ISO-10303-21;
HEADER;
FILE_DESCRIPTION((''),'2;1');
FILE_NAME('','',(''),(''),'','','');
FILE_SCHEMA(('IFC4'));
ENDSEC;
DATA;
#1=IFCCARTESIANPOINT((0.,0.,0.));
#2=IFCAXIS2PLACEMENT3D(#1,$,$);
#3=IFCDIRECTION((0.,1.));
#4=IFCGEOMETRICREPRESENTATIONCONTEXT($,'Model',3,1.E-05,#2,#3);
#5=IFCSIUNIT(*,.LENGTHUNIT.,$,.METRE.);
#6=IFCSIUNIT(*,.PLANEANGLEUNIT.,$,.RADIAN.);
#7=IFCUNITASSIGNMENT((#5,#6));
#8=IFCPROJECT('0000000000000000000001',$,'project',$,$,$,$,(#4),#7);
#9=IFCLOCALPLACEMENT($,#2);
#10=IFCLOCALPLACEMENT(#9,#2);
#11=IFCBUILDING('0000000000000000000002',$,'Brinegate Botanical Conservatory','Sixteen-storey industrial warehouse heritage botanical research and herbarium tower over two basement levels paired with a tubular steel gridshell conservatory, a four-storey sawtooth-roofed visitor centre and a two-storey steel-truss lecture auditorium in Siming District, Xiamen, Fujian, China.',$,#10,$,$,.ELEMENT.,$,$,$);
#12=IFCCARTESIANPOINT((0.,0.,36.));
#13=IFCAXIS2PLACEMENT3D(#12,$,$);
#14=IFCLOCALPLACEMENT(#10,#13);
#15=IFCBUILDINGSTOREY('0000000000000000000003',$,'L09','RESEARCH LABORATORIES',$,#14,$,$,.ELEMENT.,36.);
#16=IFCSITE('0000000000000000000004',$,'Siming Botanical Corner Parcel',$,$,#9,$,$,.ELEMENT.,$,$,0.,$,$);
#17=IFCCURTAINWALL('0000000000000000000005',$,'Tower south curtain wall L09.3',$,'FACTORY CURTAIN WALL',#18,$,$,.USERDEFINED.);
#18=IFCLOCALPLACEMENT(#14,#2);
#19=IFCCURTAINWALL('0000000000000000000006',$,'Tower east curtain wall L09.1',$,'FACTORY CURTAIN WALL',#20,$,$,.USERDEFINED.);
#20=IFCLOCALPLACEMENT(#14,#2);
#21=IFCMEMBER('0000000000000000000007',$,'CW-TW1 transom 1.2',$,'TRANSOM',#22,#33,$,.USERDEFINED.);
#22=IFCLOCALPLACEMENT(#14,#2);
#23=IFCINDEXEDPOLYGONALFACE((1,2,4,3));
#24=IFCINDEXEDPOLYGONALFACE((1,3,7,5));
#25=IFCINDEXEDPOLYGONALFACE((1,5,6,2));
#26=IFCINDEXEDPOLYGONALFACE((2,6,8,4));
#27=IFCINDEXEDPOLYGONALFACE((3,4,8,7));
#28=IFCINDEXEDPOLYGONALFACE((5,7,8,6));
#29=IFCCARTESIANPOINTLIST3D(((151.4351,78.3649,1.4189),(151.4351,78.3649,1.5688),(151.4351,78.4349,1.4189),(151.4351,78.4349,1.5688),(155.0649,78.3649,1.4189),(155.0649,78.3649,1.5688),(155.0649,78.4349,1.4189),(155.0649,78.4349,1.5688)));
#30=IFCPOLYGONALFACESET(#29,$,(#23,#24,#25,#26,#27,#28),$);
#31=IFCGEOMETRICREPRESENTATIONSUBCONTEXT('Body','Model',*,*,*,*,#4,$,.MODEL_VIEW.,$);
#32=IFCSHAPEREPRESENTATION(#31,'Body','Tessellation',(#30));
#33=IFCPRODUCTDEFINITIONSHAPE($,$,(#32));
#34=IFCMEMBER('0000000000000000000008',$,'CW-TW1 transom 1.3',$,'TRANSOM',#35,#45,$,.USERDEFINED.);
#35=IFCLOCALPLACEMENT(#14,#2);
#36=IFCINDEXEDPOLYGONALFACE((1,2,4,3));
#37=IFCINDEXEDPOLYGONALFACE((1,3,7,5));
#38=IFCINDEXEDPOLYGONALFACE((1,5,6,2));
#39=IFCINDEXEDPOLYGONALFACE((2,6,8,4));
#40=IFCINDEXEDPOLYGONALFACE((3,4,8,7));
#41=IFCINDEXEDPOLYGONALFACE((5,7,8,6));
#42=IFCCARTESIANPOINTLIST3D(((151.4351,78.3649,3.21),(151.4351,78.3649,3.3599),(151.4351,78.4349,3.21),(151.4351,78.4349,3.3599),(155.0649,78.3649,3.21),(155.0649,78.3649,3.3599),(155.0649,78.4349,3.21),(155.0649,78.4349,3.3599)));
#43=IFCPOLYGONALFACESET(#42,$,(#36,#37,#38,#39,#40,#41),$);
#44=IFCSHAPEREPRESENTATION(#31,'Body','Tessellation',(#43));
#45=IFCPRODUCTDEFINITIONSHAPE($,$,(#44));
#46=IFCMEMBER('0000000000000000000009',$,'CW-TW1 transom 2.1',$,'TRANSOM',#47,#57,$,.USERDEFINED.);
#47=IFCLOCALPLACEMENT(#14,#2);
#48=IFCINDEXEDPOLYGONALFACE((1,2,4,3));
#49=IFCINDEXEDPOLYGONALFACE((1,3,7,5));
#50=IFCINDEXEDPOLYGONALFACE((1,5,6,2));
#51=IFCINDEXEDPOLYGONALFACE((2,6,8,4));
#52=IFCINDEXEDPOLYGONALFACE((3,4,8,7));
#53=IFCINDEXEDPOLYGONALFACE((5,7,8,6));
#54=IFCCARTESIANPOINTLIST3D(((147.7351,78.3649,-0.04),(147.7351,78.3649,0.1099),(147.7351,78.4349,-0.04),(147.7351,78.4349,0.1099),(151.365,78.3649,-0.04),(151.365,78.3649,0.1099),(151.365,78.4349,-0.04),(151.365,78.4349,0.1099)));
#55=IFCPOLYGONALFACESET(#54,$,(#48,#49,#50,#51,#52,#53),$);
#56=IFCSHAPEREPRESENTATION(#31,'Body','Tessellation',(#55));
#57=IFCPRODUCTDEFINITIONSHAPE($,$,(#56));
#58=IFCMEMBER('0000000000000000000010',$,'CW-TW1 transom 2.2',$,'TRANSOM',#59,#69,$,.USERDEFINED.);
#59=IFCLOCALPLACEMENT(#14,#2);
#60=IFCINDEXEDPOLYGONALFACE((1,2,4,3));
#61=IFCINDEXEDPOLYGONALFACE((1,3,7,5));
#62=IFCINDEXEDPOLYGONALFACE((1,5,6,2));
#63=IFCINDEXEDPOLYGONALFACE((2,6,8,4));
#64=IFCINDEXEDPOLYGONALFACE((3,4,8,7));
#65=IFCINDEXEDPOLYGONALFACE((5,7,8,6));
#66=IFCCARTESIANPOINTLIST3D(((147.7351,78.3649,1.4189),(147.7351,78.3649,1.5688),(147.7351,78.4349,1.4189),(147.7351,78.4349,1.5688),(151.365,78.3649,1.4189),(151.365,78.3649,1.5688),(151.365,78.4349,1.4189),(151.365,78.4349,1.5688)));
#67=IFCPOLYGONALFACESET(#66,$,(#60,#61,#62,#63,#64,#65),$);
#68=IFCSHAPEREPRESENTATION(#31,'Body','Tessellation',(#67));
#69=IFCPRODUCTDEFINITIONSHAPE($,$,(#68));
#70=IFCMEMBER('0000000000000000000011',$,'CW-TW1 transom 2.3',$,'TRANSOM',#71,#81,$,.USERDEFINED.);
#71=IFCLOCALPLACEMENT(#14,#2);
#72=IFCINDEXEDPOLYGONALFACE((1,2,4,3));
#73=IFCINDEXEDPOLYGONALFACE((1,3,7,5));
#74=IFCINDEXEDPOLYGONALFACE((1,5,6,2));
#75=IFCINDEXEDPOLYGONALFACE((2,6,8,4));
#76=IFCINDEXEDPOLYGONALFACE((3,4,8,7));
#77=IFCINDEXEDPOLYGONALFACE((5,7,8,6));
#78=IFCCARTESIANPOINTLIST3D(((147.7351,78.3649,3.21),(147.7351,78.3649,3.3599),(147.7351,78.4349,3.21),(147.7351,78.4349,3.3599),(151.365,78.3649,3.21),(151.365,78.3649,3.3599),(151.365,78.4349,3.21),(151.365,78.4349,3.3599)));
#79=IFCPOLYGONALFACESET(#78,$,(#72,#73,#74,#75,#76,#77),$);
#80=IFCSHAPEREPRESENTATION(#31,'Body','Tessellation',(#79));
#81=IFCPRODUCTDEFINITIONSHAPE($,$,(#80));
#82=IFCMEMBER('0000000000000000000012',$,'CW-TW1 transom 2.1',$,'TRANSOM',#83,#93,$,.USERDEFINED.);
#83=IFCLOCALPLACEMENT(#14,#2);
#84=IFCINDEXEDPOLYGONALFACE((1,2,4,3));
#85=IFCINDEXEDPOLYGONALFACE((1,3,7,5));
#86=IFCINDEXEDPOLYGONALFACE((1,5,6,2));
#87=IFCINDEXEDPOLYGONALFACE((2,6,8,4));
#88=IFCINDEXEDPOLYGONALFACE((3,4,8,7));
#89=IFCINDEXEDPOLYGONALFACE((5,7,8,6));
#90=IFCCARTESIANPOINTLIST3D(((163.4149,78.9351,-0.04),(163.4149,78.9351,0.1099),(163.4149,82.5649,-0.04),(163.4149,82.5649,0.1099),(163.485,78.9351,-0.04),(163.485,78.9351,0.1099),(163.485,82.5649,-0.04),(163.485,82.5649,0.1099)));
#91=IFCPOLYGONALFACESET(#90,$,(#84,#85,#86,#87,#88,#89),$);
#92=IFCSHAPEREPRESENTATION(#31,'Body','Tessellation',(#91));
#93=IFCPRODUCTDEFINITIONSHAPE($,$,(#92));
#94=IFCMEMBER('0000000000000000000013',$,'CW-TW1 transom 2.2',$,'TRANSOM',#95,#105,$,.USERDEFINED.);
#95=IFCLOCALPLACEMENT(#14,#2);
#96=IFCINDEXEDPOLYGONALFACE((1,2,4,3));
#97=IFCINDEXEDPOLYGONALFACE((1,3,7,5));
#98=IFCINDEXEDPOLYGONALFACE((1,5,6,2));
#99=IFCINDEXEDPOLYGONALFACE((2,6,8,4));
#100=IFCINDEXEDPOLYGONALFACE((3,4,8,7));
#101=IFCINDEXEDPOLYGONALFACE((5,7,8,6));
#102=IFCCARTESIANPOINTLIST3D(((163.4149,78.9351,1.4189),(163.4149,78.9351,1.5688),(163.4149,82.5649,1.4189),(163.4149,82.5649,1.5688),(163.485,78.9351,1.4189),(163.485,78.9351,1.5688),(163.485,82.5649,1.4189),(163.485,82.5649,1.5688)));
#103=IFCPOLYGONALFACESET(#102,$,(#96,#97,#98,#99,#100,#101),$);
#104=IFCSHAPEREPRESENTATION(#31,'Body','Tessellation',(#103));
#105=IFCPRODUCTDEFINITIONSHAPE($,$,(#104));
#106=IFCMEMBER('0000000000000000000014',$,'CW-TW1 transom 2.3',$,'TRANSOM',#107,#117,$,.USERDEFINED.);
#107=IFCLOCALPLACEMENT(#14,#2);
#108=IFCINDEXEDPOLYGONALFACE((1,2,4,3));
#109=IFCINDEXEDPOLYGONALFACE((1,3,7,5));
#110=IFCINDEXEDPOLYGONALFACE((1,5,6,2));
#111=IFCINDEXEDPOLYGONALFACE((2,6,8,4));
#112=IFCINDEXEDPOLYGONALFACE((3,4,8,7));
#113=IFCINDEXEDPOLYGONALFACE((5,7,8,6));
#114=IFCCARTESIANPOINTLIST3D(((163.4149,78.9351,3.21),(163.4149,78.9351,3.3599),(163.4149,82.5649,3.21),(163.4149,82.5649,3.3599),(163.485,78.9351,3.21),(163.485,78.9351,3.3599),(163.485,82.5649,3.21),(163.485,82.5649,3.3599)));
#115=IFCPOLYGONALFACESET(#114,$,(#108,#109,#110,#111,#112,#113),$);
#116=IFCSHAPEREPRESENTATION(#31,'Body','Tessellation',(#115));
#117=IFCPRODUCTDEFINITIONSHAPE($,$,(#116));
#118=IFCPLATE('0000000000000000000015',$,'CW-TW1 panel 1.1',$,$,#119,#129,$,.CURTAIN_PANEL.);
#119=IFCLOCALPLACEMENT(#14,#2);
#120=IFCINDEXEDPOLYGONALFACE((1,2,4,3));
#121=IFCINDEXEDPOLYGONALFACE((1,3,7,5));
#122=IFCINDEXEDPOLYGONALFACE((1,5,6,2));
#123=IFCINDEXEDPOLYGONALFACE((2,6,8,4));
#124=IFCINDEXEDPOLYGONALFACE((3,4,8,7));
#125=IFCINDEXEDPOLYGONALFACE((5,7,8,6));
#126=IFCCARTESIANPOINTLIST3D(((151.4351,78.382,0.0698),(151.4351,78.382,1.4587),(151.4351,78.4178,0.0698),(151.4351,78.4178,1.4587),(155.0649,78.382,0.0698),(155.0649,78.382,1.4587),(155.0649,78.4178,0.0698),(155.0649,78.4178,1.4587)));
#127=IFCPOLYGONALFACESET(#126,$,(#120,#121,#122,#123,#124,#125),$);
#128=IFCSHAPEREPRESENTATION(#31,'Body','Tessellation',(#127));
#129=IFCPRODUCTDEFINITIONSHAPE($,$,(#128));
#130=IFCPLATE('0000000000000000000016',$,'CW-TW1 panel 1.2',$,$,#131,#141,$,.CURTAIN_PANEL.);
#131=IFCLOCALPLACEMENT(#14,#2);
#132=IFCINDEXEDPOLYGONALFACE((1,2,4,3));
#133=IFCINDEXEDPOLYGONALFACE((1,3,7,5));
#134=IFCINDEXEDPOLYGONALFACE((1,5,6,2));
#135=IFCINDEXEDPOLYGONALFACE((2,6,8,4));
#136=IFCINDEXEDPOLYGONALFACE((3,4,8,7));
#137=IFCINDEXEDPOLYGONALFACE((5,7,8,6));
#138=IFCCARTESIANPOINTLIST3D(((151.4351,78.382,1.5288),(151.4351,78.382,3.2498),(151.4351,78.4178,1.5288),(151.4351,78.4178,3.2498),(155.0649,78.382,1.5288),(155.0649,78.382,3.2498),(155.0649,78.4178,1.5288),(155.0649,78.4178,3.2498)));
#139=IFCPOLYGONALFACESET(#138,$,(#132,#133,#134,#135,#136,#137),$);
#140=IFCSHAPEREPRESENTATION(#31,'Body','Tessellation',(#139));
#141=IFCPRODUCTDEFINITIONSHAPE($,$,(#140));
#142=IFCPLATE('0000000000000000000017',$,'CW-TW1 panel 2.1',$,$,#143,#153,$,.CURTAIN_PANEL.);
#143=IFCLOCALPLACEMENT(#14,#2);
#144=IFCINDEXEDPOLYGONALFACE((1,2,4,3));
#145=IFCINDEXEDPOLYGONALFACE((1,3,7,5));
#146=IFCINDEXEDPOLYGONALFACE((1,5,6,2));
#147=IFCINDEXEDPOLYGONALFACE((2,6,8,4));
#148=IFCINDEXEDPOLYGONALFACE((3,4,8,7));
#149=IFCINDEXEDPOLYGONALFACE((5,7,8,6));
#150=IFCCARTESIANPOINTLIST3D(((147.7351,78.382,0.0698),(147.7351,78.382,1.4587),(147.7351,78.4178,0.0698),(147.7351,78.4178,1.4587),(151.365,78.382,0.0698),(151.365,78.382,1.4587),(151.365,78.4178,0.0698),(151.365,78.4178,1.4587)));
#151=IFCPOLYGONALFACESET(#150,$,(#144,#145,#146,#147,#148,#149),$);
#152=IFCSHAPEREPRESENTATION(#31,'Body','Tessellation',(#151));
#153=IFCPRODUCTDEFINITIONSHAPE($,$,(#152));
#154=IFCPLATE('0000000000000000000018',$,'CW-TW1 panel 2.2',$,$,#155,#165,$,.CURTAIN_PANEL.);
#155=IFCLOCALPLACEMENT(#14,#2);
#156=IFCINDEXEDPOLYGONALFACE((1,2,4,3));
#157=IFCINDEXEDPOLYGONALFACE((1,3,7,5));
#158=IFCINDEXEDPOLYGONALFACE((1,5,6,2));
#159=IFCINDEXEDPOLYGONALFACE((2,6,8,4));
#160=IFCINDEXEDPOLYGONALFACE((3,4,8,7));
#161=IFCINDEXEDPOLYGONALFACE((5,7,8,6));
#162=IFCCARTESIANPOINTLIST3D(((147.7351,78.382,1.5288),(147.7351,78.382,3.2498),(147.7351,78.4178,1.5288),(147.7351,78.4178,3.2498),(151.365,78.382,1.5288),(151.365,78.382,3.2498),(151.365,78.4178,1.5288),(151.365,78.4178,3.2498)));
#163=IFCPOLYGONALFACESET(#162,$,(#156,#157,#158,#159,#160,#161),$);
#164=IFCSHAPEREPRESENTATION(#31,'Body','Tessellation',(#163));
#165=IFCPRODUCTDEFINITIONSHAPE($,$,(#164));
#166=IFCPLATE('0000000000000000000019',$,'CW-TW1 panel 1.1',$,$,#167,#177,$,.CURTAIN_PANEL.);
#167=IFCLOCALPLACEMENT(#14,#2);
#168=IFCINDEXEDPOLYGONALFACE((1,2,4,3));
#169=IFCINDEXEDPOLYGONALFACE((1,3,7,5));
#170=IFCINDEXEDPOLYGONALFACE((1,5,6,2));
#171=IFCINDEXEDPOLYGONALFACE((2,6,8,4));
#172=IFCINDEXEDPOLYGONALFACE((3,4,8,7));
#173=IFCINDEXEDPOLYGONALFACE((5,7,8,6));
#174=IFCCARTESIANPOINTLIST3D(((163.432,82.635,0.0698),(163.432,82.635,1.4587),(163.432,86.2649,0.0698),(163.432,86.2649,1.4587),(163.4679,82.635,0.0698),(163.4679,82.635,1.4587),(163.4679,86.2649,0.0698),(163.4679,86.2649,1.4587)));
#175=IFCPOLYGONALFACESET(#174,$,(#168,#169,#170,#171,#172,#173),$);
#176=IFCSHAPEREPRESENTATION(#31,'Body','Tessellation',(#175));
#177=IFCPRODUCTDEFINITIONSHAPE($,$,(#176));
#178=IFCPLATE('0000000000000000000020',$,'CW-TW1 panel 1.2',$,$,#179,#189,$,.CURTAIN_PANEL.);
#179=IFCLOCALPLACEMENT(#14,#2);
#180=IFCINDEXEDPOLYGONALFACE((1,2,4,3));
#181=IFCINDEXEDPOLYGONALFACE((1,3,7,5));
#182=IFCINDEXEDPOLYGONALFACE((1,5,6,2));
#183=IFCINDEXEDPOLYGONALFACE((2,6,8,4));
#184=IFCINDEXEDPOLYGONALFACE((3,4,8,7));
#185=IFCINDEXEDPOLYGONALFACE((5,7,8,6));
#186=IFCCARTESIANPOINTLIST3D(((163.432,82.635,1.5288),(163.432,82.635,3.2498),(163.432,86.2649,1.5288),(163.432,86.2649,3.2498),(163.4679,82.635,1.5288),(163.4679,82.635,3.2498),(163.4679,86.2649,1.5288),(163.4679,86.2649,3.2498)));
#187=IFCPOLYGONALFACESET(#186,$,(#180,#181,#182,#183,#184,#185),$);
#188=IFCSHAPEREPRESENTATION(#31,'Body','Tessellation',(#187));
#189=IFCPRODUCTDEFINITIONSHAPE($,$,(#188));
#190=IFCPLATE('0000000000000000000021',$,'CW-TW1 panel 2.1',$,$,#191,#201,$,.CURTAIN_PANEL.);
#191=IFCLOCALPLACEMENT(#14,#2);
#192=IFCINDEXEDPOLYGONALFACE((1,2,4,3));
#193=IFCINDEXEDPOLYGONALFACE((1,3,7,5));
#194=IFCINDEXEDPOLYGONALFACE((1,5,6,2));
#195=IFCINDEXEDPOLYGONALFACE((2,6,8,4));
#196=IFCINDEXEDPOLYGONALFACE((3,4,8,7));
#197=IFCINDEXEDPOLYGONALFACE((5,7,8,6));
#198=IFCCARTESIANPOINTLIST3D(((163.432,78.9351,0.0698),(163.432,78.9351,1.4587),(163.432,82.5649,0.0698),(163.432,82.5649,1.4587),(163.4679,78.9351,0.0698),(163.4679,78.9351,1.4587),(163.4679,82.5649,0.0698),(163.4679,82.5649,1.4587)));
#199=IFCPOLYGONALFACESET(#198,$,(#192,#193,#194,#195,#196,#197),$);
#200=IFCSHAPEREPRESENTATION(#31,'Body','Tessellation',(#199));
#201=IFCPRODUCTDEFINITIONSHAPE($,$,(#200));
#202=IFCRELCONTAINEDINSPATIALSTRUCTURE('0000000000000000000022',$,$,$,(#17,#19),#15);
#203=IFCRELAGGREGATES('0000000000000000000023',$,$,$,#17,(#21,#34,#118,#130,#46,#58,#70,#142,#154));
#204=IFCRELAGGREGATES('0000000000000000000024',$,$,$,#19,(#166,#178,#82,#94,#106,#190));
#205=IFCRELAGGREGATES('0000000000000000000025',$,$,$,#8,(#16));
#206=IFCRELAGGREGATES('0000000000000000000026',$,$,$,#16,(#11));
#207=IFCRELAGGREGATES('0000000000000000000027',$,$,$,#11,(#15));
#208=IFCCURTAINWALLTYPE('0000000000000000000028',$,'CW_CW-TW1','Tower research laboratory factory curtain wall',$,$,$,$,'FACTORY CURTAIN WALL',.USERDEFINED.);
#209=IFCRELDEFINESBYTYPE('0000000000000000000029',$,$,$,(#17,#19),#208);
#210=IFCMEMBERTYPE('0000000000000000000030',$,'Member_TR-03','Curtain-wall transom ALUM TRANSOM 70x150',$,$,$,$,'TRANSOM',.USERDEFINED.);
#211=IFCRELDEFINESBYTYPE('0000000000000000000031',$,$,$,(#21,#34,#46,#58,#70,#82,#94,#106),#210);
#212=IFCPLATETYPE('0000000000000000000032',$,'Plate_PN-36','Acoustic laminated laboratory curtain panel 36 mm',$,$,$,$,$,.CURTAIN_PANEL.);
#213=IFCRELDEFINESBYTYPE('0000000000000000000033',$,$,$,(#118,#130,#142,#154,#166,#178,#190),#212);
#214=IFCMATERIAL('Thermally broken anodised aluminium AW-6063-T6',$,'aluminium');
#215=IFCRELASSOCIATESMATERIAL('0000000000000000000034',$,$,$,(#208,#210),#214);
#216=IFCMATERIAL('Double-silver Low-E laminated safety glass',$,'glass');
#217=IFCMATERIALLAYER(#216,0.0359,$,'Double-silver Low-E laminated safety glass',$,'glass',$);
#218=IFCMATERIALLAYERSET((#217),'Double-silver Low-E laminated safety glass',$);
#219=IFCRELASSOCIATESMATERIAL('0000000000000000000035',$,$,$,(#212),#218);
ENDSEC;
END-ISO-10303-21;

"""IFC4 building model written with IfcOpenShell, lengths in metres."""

from ifc_helpers import new_model, si_unit, direction, frame, origin, origin_2d, place, context, subcontext, project, spatial, rectangle, extrude, material, layer, layer_set, material_profile, profile_set, type_object, element, aggregate, save


model = new_model("IFC4")

# Units and contexts
model_context = context("Model", 3, precision=1e-05, world=origin(), true_north=direction((0.0, 1.0)))
body_context = subcontext(model_context, "Body", "Model", "MODEL_VIEW")
ifc_project = project(units=[si_unit("LENGTHUNIT", "METRE"), si_unit("PLANEANGLEUNIT", "RADIAN")], contexts=[model_context])

# Site, building, storey
site_placement = place(None, origin())
site = spatial("IfcSite", under=ifc_project, at=site_placement, Name="Siming Botanical Corner Parcel", CompositionType="ELEMENT", RefElevation=0.0)
building_placement = place(site_placement, origin())
building = spatial("IfcBuilding", under=site, at=building_placement, Name="Brinegate Botanical Conservatory", Description="Sixteen-storey industrial warehouse heritage botanical research and herbarium tower over two basement levels paired with a tubular steel gridshell conservatory, a four-storey sawtooth-roofed visitor centre and a two-storey steel-truss lecture auditorium in Siming District, Xiamen, Fujian, China.", CompositionType="ELEMENT")
storey_placement = place(building_placement, frame((0.0, 0.0, 36.0)))
storey = spatial("IfcBuildingStorey", under=building, at=storey_placement, Name="L09", Description="RESEARCH LABORATORIES", CompositionType="ELEMENT", Elevation=36.0)

# Curtain walls
ifc_material_1 = material(Name="Thermally broken anodised aluminium AW-6063-T6", Category="aluminium")
curtain_wall_type = type_object("IfcCurtainWallType", Name="CW_CW-TW1", Description="Tower research laboratory factory curtain wall", ElementType="FACTORY CURTAIN WALL", PredefinedType="USERDEFINED", material=ifc_material_1)
curtain_wall_1_placement = place(storey_placement, origin())
curtain_wall_1 = element("IfcCurtainWall", 1, at=curtain_wall_1_placement, inside=storey, type_object=curtain_wall_type, Name="Tower south curtain wall L09.3", ObjectType="FACTORY CURTAIN WALL", PredefinedType="USERDEFINED")
curtain_wall_2_placement = place(storey_placement, origin())
curtain_wall_2 = element("IfcCurtainWall", 2, at=curtain_wall_2_placement, inside=storey, type_object=curtain_wall_type, Name="Tower east curtain wall L09.1", ObjectType="FACTORY CURTAIN WALL", PredefinedType="USERDEFINED")

# Members
ifc_material_profile_1 = material_profile(ifc_material_1, rectangle(XDim=0.0701, YDim=0.1499, at=origin_2d()), Name="ALUM TRANSOM 70x150")
ifc_profile_set_1 = profile_set([ifc_material_profile_1], Name="Thermally broken anodised aluminium AW-6063-T6")
member_type_1 = type_object("IfcMemberType", Name="Member_TR-03", Description="Curtain-wall transom ALUM TRANSOM 70x150", ElementType="TRANSOM", PredefinedType="USERDEFINED", material=ifc_profile_set_1)
member_1_placement = place(storey_placement, frame((155.0649, 78.3999, 1.4939), z_axis=(-1.0, 0.0, 0.0), x_axis=(0.0, -1.0, 0.0)))
member_1 = element("IfcMember", 3, at=member_1_placement, type_object=member_type_1, Name="CW-TW1 transom 1.2", ObjectType="TRANSOM", PredefinedType="USERDEFINED", context=body_context, shape_type="SweptSolid", body=[
    extrude(rectangle(XDim=0.0701, YDim=0.1499, at=origin_2d()), origin(), (0.0, 0.0, 1.0), 3.6299),
])
member_2_placement = place(storey_placement, frame((155.0649, 78.3999, 3.2849), z_axis=(-1.0, 0.0, 0.0), x_axis=(0.0, -1.0, 0.0)))
member_2 = element("IfcMember", 4, at=member_2_placement, type_object=member_type_1, Name="CW-TW1 transom 1.3", ObjectType="TRANSOM", PredefinedType="USERDEFINED", context=body_context, shape_type="SweptSolid", body=[
    extrude(rectangle(XDim=0.0701, YDim=0.1499, at=origin_2d()), origin(), (0.0, 0.0, 1.0), 3.6299),
])
member_3_placement = place(storey_placement, frame((151.365, 78.3999, 0.0349), z_axis=(-1.0, 0.0, 0.0), x_axis=(0.0, -1.0, 0.0)))
member_3 = element("IfcMember", 5, at=member_3_placement, type_object=member_type_1, Name="CW-TW1 transom 2.1", ObjectType="TRANSOM", PredefinedType="USERDEFINED", context=body_context, shape_type="SweptSolid", body=[
    extrude(rectangle(XDim=0.0701, YDim=0.1499, at=origin_2d()), origin(), (0.0, 0.0, 1.0), 3.6299),
])
member_4_placement = place(storey_placement, frame((151.365, 78.3999, 1.4939), z_axis=(-1.0, 0.0, 0.0), x_axis=(0.0, -1.0, 0.0)))
member_4 = element("IfcMember", 6, at=member_4_placement, type_object=member_type_1, Name="CW-TW1 transom 2.2", ObjectType="TRANSOM", PredefinedType="USERDEFINED", context=body_context, shape_type="SweptSolid", body=[
    extrude(rectangle(XDim=0.0701, YDim=0.1499, at=origin_2d()), origin(), (0.0, 0.0, 1.0), 3.6299),
])
member_5_placement = place(storey_placement, frame((151.365, 78.3999, 3.2849), z_axis=(-1.0, 0.0, 0.0), x_axis=(0.0, -1.0, 0.0)))
member_5 = element("IfcMember", 7, at=member_5_placement, type_object=member_type_1, Name="CW-TW1 transom 2.3", ObjectType="TRANSOM", PredefinedType="USERDEFINED", context=body_context, shape_type="SweptSolid", body=[
    extrude(rectangle(XDim=0.0701, YDim=0.1499, at=origin_2d()), origin(), (0.0, 0.0, 1.0), 3.6299),
])
member_6_placement = place(storey_placement, frame((163.45, 82.5649, 0.0349), z_axis=(0.0, -1.0, 0.0), x_axis=(1.0, 0.0, 0.0)))
member_6 = element("IfcMember", 8, at=member_6_placement, type_object=member_type_1, Name="CW-TW1 transom 2.1", ObjectType="TRANSOM", PredefinedType="USERDEFINED", context=body_context, shape_type="SweptSolid", body=[
    extrude(rectangle(XDim=0.0701, YDim=0.1499, at=origin_2d()), origin(), (0.0, 0.0, 1.0), 3.6299),
])
member_7_placement = place(storey_placement, frame((163.45, 82.5649, 1.4939), z_axis=(0.0, -1.0, 0.0), x_axis=(1.0, 0.0, 0.0)))
member_7 = element("IfcMember", 9, at=member_7_placement, type_object=member_type_1, Name="CW-TW1 transom 2.2", ObjectType="TRANSOM", PredefinedType="USERDEFINED", context=body_context, shape_type="SweptSolid", body=[
    extrude(rectangle(XDim=0.0701, YDim=0.1499, at=origin_2d()), origin(), (0.0, 0.0, 1.0), 3.6299),
])
member_8_placement = place(storey_placement, frame((163.45, 82.5649, 3.2849), z_axis=(0.0, -1.0, 0.0), x_axis=(1.0, 0.0, 0.0)))
member_8 = element("IfcMember", 10, at=member_8_placement, type_object=member_type_1, Name="CW-TW1 transom 2.3", ObjectType="TRANSOM", PredefinedType="USERDEFINED", context=body_context, shape_type="SweptSolid", body=[
    extrude(rectangle(XDim=0.0701, YDim=0.1499, at=origin_2d()), origin(), (0.0, 0.0, 1.0), 3.6299),
])

# Plates
ifc_material_2 = material(Name="Double-silver Low-E laminated safety glass", Category="glass")
ifc_layer_1 = layer(ifc_material_2, 0.0359, Name="Double-silver Low-E laminated safety glass", Category="glass")
ifc_layer_set_1 = layer_set([ifc_layer_1], Name="Double-silver Low-E laminated safety glass")
plate_type = type_object("IfcPlateType", Name="Plate_PN-36", Description="Acoustic laminated laboratory curtain panel 36 mm", PredefinedType="CURTAIN_PANEL", material=ifc_layer_set_1)
plate_1_placement = place(storey_placement, frame((153.25, 78.3999, 0.0698), z_axis=(0.0, 0.0, 1.0), x_axis=(-1.0, 0.0, 0.0)))
plate_1 = element("IfcPlate", 11, at=plate_1_placement, type_object=plate_type, Name="CW-TW1 panel 1.1", PredefinedType="CURTAIN_PANEL", context=body_context, shape_type="SweptSolid", body=[
    extrude(rectangle(XDim=3.6299, YDim=0.0359, at=origin_2d()), origin(), (0.0, 0.0, 1.0), 1.3889),
])
plate_2_placement = place(storey_placement, frame((153.25, 78.3999, 1.5288), z_axis=(0.0, 0.0, 1.0), x_axis=(-1.0, 0.0, 0.0)))
plate_2 = element("IfcPlate", 12, at=plate_2_placement, type_object=plate_type, Name="CW-TW1 panel 1.2", PredefinedType="CURTAIN_PANEL", context=body_context, shape_type="SweptSolid", body=[
    extrude(rectangle(XDim=3.6299, YDim=0.0359, at=origin_2d()), origin(), (0.0, 0.0, 1.0), 1.7209),
])
plate_3_placement = place(storey_placement, frame((149.55, 78.3999, 0.0698), z_axis=(0.0, 0.0, 1.0), x_axis=(-1.0, 0.0, 0.0)))
plate_3 = element("IfcPlate", 13, at=plate_3_placement, type_object=plate_type, Name="CW-TW1 panel 2.1", PredefinedType="CURTAIN_PANEL", context=body_context, shape_type="SweptSolid", body=[
    extrude(rectangle(XDim=3.6299, YDim=0.0359, at=origin_2d()), origin(), (0.0, 0.0, 1.0), 1.3889),
])
plate_4_placement = place(storey_placement, frame((149.55, 78.3999, 1.5288), z_axis=(0.0, 0.0, 1.0), x_axis=(-1.0, 0.0, 0.0)))
plate_4 = element("IfcPlate", 14, at=plate_4_placement, type_object=plate_type, Name="CW-TW1 panel 2.2", PredefinedType="CURTAIN_PANEL", context=body_context, shape_type="SweptSolid", body=[
    extrude(rectangle(XDim=3.6299, YDim=0.0359, at=origin_2d()), origin(), (0.0, 0.0, 1.0), 1.7209),
])
aggregate(curtain_wall_1, [member_1, member_2, plate_1, plate_2, member_3, member_4, member_5, plate_3, plate_4])
plate_5_placement = place(storey_placement, frame((163.45, 84.45, 0.0698), z_axis=(0.0, 0.0, 1.0), x_axis=(0.0, -1.0, 0.0)))
plate_5 = element("IfcPlate", 15, at=plate_5_placement, type_object=plate_type, Name="CW-TW1 panel 1.1", PredefinedType="CURTAIN_PANEL", context=body_context, shape_type="SweptSolid", body=[
    extrude(rectangle(XDim=3.6299, YDim=0.0359, at=origin_2d()), origin(), (0.0, 0.0, 1.0), 1.3889),
])
plate_6_placement = place(storey_placement, frame((163.45, 84.45, 1.5288), z_axis=(0.0, 0.0, 1.0), x_axis=(0.0, -1.0, 0.0)))
plate_6 = element("IfcPlate", 16, at=plate_6_placement, type_object=plate_type, Name="CW-TW1 panel 1.2", PredefinedType="CURTAIN_PANEL", context=body_context, shape_type="SweptSolid", body=[
    extrude(rectangle(XDim=3.6299, YDim=0.0359, at=origin_2d()), origin(), (0.0, 0.0, 1.0), 1.7209),
])
plate_7_placement = place(storey_placement, frame((163.45, 80.75, 0.0698), z_axis=(0.0, 0.0, 1.0), x_axis=(0.0, -1.0, 0.0)))
plate_7 = element("IfcPlate", 17, at=plate_7_placement, type_object=plate_type, Name="CW-TW1 panel 2.1", PredefinedType="CURTAIN_PANEL", context=body_context, shape_type="SweptSolid", body=[
    extrude(rectangle(XDim=3.6299, YDim=0.0359, at=origin_2d()), origin(), (0.0, 0.0, 1.0), 1.3889),
])
aggregate(curtain_wall_2, [plate_5, plate_6, member_6, member_7, member_8, plate_7])

save(model, "model.ifc")
